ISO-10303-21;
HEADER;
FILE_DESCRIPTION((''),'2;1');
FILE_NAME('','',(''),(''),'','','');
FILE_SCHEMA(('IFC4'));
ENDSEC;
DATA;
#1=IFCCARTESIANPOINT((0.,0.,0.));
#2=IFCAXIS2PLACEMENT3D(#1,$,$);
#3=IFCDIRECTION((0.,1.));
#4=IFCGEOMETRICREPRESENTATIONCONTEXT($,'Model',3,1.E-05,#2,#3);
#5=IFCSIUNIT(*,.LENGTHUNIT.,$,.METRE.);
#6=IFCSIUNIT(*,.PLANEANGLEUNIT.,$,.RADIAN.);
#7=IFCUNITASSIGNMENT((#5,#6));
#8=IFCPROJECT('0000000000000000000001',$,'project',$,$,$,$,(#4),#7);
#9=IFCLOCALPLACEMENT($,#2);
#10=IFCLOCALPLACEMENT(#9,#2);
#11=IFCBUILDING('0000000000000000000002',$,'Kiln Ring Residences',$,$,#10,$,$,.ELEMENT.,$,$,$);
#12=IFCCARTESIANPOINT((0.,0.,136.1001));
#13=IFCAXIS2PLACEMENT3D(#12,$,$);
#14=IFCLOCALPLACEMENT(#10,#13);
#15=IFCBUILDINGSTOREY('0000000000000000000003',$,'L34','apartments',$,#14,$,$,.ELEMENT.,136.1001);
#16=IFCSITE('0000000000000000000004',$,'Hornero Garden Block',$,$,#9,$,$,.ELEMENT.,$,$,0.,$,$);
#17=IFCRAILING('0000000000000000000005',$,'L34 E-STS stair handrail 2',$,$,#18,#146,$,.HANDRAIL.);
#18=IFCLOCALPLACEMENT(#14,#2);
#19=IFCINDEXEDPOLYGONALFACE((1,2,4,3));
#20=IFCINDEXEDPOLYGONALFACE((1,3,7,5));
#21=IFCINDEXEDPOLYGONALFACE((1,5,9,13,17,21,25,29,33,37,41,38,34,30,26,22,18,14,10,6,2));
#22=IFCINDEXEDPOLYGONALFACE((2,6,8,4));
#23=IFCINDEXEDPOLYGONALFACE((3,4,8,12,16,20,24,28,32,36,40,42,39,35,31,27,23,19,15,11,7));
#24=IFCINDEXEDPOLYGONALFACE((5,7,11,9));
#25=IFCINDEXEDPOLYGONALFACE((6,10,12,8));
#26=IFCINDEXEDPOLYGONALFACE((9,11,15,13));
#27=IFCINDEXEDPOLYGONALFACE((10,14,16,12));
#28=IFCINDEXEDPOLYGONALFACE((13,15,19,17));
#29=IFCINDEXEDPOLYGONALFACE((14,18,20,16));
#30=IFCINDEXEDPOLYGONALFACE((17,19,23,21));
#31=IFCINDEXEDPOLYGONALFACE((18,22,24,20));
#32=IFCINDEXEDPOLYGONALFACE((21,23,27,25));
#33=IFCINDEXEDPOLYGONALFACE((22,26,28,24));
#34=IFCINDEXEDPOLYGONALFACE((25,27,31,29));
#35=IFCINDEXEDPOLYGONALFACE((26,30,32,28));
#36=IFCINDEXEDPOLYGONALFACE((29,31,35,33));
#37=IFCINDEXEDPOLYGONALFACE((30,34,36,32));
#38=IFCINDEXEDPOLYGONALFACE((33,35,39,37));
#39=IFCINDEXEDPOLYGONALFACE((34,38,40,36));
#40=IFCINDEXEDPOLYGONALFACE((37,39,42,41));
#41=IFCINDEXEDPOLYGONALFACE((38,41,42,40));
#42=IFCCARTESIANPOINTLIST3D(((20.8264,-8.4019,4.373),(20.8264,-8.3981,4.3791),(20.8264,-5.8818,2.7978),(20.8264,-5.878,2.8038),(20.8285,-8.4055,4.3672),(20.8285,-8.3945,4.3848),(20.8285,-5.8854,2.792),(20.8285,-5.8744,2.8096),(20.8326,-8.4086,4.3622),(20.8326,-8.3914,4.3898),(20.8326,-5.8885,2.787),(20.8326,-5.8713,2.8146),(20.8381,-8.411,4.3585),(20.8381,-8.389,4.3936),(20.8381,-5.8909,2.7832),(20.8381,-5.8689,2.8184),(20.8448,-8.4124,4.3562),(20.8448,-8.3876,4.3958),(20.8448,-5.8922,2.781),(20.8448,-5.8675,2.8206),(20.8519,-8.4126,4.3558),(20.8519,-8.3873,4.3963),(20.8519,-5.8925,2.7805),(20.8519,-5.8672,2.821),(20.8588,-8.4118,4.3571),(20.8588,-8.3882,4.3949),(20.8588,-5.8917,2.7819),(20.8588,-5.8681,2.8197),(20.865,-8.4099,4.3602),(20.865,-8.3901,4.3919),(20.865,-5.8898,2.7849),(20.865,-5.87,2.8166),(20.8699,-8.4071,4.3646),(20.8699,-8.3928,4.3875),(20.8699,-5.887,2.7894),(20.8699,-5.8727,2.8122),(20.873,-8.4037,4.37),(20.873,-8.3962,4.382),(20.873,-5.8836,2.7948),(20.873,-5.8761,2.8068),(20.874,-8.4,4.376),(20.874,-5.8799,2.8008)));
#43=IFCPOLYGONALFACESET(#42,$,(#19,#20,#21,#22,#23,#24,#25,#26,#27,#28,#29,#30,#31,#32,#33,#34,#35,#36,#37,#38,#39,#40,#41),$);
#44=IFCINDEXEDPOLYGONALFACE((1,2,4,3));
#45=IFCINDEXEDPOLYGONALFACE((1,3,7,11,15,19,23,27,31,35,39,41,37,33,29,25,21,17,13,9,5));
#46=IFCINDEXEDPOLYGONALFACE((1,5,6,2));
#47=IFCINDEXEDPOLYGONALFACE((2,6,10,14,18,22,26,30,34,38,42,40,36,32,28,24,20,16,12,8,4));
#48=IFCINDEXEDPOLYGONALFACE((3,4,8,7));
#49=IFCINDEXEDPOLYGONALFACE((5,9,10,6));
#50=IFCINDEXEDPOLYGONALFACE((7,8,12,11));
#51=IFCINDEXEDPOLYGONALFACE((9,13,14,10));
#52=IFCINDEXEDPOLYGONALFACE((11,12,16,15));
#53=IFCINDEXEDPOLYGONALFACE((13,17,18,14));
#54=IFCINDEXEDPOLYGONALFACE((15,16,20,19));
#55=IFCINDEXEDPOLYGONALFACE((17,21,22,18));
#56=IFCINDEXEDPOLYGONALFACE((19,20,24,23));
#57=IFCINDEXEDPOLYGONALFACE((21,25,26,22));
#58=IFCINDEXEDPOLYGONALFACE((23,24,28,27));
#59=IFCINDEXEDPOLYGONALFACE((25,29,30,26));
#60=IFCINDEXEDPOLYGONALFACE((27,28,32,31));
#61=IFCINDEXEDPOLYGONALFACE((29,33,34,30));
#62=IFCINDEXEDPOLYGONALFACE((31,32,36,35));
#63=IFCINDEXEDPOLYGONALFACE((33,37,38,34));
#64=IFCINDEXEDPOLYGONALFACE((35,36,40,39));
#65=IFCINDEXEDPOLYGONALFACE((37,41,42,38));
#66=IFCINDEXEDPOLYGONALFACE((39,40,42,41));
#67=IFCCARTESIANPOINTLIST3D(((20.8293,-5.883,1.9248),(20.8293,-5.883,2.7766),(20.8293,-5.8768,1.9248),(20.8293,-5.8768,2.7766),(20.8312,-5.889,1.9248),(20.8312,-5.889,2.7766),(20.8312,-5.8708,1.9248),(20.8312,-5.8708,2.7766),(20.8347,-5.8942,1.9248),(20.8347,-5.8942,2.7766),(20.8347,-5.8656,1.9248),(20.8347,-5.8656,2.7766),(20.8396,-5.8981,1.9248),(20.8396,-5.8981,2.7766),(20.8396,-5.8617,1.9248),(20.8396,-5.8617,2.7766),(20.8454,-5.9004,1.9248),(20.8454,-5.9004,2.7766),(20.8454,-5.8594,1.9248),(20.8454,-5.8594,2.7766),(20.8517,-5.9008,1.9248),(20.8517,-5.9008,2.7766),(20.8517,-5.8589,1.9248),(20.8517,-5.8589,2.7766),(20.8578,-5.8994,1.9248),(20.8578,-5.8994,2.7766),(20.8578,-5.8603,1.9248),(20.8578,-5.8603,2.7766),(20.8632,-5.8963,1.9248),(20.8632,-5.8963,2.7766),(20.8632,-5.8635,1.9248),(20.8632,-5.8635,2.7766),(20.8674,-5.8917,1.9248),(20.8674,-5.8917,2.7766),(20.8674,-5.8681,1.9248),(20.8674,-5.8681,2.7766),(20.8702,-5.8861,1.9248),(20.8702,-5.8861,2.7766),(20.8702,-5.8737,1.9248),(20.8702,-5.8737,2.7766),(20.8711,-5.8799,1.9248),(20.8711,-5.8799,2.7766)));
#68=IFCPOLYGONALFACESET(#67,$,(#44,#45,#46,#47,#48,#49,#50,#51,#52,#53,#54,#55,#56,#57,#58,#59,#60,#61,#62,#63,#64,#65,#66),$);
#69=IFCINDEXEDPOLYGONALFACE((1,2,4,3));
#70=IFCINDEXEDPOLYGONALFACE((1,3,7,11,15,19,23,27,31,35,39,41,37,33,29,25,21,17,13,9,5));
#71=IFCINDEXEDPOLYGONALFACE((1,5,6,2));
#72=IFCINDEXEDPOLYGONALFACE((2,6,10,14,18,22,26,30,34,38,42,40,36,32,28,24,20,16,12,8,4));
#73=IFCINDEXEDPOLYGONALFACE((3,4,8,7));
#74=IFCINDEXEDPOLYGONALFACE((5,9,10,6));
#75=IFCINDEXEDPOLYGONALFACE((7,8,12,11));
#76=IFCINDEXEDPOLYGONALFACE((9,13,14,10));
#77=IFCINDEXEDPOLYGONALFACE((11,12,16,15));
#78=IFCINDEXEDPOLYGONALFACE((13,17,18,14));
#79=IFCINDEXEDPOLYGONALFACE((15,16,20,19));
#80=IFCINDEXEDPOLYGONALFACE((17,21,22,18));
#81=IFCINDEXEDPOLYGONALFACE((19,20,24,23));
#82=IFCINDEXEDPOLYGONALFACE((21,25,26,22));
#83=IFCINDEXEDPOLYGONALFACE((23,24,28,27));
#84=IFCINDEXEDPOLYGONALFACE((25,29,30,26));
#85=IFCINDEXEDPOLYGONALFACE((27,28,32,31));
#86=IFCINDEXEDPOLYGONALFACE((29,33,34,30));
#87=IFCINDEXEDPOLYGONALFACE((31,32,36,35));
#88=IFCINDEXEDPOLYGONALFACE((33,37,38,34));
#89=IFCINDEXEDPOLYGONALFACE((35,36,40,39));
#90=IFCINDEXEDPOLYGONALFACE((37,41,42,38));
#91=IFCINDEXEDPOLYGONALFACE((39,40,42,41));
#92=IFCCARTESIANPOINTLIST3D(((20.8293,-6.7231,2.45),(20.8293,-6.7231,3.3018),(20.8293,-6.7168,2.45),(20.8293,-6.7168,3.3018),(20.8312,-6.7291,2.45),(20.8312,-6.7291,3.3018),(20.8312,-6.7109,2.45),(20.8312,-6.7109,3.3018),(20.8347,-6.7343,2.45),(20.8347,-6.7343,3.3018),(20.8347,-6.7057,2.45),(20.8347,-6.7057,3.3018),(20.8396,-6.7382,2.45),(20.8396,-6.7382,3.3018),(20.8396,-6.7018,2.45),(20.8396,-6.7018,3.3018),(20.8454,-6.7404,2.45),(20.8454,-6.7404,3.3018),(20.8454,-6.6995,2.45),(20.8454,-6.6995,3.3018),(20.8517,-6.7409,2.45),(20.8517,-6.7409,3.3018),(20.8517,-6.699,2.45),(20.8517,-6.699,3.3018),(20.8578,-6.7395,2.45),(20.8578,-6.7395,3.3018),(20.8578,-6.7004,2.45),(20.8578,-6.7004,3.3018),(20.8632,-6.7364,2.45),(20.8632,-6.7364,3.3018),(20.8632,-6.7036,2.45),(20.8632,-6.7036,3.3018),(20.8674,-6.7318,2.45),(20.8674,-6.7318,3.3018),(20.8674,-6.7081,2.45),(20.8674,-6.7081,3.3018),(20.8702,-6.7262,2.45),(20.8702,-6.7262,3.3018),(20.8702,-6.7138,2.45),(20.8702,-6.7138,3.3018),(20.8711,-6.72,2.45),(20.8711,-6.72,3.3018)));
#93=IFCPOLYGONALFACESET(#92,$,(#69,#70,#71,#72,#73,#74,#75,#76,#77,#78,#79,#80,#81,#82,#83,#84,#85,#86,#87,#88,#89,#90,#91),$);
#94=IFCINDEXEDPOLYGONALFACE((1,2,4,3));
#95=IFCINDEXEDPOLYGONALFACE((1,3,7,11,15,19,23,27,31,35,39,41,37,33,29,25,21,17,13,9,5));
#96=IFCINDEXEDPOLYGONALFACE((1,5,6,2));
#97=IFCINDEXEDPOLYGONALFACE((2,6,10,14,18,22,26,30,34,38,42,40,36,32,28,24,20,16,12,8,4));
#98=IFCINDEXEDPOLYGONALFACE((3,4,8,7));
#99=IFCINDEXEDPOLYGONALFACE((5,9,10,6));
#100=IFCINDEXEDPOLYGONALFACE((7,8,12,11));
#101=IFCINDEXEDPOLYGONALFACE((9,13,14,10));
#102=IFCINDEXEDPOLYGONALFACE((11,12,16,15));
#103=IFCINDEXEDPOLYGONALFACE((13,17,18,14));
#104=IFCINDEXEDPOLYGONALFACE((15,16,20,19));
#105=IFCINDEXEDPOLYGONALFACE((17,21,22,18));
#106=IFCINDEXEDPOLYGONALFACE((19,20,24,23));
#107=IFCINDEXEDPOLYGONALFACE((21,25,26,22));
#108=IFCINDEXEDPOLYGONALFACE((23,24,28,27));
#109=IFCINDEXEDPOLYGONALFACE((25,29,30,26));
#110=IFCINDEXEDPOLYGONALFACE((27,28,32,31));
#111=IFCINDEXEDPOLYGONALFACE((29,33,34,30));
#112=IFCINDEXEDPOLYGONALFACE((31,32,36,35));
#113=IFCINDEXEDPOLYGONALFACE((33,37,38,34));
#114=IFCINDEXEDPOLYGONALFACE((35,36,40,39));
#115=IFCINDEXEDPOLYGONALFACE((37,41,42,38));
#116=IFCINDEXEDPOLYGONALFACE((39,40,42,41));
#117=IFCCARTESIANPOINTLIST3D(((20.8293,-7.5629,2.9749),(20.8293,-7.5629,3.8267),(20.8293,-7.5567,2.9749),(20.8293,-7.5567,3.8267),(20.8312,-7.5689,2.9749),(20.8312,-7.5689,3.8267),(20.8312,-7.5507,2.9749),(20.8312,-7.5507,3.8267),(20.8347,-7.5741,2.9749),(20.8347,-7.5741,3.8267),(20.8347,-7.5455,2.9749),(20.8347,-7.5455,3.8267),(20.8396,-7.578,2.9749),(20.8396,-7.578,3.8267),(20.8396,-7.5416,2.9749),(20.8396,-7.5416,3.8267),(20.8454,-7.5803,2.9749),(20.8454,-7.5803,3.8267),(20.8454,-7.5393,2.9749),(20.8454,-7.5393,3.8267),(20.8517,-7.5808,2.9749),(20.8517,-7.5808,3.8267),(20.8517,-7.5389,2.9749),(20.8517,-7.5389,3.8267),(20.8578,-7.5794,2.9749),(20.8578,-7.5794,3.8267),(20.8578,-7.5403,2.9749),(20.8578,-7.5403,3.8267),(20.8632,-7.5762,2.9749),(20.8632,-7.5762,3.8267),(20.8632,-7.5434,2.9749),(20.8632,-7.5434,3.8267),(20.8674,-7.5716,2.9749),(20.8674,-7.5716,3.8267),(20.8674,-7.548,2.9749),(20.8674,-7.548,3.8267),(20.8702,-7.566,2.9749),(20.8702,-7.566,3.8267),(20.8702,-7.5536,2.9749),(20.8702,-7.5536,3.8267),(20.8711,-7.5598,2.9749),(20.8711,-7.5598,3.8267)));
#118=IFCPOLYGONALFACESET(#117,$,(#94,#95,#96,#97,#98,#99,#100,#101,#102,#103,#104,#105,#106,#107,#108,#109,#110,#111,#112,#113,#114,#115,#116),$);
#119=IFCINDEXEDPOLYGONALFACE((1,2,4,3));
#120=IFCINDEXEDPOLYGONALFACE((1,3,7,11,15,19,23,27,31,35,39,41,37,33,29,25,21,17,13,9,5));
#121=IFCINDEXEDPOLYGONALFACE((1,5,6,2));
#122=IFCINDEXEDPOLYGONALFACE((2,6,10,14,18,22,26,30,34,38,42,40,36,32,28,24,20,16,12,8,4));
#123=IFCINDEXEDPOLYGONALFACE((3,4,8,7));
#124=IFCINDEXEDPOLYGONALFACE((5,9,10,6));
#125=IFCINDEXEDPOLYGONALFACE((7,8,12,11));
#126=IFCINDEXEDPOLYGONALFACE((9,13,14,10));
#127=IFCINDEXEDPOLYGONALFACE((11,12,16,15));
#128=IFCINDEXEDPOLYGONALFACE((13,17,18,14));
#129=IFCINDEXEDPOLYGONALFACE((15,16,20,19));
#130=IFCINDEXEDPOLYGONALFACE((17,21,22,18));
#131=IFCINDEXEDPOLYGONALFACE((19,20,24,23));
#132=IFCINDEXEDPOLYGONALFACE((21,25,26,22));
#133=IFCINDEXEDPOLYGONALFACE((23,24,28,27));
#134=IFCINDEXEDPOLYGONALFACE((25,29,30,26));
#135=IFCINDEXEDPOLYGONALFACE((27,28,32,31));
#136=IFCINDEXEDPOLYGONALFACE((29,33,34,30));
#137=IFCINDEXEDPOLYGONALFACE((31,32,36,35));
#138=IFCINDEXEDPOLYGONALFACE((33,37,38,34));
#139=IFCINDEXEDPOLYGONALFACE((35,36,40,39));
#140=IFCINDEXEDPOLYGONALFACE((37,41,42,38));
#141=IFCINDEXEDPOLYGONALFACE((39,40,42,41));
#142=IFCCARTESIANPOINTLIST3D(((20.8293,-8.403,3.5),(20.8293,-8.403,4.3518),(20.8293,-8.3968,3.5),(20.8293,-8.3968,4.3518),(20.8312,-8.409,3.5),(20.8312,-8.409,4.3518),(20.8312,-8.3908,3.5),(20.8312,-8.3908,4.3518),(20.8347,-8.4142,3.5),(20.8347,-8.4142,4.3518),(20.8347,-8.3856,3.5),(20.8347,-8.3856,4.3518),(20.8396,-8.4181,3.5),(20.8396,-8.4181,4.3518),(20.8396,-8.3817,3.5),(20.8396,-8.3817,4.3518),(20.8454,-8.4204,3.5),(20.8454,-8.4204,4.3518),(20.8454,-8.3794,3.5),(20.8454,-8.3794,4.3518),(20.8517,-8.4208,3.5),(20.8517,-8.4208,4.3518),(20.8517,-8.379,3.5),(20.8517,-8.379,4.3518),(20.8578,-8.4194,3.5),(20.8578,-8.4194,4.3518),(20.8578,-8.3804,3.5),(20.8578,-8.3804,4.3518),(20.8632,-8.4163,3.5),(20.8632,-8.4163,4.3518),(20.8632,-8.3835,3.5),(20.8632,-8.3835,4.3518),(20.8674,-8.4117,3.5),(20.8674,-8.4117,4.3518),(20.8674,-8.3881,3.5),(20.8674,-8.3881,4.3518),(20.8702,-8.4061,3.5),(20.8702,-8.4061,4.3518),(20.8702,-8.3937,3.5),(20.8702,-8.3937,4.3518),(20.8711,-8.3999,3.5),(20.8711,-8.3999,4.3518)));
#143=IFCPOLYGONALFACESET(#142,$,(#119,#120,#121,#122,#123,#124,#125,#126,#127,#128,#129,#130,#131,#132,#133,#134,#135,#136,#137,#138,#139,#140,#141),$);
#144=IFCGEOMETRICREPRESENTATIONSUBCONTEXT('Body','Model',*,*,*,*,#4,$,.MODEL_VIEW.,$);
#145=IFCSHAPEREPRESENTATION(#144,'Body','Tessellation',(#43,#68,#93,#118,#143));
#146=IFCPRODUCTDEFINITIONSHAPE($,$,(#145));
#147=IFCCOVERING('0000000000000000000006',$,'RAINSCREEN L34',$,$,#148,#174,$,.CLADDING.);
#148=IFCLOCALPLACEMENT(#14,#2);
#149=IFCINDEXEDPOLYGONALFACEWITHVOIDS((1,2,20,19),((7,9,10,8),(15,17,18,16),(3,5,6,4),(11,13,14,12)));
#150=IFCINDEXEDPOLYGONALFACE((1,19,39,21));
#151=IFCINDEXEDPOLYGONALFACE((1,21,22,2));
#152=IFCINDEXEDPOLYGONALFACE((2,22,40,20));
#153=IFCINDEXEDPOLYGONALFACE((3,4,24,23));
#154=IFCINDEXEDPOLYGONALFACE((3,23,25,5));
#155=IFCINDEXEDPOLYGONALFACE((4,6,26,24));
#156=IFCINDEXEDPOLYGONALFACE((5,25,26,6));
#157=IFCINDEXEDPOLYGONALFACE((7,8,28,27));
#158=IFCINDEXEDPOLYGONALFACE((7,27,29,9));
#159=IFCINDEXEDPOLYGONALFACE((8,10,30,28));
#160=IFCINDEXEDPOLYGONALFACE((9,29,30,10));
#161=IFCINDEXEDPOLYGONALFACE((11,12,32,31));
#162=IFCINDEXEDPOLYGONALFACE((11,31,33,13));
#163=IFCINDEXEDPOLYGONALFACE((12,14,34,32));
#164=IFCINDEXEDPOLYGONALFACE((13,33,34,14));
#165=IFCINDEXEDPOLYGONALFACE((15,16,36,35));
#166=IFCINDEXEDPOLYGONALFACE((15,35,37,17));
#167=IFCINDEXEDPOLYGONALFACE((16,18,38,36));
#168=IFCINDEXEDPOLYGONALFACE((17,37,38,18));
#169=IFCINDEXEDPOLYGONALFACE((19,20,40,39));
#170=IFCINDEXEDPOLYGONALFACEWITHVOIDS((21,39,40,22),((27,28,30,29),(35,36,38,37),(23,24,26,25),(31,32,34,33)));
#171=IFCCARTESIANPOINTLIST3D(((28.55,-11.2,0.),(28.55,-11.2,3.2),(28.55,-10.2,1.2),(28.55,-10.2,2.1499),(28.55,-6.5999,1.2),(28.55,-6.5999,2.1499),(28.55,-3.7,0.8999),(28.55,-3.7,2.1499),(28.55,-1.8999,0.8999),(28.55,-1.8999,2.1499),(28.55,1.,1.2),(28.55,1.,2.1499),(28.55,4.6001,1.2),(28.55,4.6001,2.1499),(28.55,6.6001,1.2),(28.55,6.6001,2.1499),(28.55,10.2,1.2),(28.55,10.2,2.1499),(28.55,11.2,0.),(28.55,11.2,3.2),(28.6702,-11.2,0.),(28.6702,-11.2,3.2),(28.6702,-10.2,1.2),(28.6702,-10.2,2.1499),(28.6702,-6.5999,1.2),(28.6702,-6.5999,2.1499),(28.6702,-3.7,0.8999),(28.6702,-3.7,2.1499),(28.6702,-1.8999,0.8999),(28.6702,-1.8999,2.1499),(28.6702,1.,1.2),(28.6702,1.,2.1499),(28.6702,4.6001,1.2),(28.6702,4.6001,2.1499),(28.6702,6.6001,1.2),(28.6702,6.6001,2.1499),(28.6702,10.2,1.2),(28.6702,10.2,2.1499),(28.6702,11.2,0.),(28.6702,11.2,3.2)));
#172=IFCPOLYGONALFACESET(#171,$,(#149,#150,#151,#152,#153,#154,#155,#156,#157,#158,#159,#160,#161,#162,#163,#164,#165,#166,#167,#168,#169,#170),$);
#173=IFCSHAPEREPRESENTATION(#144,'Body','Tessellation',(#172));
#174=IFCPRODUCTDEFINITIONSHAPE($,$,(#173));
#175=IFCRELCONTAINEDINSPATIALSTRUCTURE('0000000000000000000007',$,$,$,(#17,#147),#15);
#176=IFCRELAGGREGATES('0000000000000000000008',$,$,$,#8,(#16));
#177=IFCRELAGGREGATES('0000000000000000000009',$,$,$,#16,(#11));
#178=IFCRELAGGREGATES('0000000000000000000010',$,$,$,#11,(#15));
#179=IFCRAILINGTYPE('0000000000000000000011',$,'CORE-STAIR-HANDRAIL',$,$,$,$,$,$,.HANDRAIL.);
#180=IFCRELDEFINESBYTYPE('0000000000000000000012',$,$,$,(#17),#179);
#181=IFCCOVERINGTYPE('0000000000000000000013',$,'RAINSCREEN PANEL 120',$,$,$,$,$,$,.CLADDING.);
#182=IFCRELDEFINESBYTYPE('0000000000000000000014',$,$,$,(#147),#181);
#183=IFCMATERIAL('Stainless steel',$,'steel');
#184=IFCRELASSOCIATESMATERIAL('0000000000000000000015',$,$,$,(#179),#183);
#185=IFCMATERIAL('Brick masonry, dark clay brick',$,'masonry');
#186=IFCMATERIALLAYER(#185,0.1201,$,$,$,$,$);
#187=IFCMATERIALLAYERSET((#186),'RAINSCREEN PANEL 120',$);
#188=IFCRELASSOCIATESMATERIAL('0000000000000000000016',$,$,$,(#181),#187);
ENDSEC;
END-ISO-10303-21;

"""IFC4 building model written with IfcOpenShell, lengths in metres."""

from ifc_helpers import new_model, si_unit, direction, frame, origin, origin_2d, place, context, subcontext, project, spatial, polyline, circle, outline, extrude, material, layer, layer_set, type_object, element, save


model = new_model("IFC4")

# Units and contexts
model_context = context("Model", 3, precision=1e-05, world=origin(), true_north=direction((0.0, 1.0)))
body_context = subcontext(model_context, "Body", "Model", "MODEL_VIEW")
ifc_project = project(units=[si_unit("LENGTHUNIT", "METRE"), si_unit("PLANEANGLEUNIT", "RADIAN")], contexts=[model_context])

# Site, building, storey
site_placement = place(None, origin())
site = spatial("IfcSite", under=ifc_project, at=site_placement, Name="Hornero Garden Block", CompositionType="ELEMENT", RefElevation=0.0)
building_placement = place(site_placement, origin())
building = spatial("IfcBuilding", under=site, at=building_placement, Name="Kiln Ring Residences", CompositionType="ELEMENT")
storey_placement = place(building_placement, frame((0.0, 0.0, 136.1001)))
storey = spatial("IfcBuildingStorey", under=building, at=storey_placement, Name="L34", Description="apartments", CompositionType="ELEMENT", Elevation=136.1001)

# Railing
ifc_material_1 = material(Name="Stainless steel", Category="steel")
railing_type_1 = type_object("IfcRailingType", Name="CORE-STAIR-HANDRAIL", PredefinedType="HANDRAIL", material=ifc_material_1)
railing_1_placement = place(storey_placement, frame((20.8501, -5.8799, 1.9248)))
element("IfcRailing", 1, at=railing_1_placement, inside=storey, type_object=railing_type_1, Name="L34 E-STS stair handrail 2", PredefinedType="HANDRAIL", context=body_context, shape_type="SweptSolid", body=[
    extrude(circle(Radius=0.0239, at=origin_2d()), frame((0.0, 0.0, 0.876), z_axis=(0.0, -0.847971, 0.530043), x_axis=(1.0, 0.0, 0.0)), (0.0, 0.0, 1.0), 2.9719),
    extrude(circle(Radius=0.021, at=origin_2d()), origin(), (0.0, 0.0, 1.0), 0.8518),
    extrude(circle(Radius=0.021, at=origin_2d()), frame((0.0, -0.8401, 0.5251)), (0.0, 0.0, 1.0), 0.8518),
    extrude(circle(Radius=0.021, at=origin_2d()), frame((0.0, -1.6799, 1.05)), (0.0, 0.0, 1.0), 0.8518),
    extrude(circle(Radius=0.021, at=origin_2d()), frame((0.0, -2.52, 1.5752)), (0.0, 0.0, 1.0), 0.8518),
])

# Covering
ifc_material_2 = material(Name="Brick masonry, dark clay brick", Category="masonry")
ifc_layer_1 = layer(ifc_material_2, 0.1201)
ifc_layer_set_1 = layer_set([ifc_layer_1], Name="RAINSCREEN PANEL 120")
covering_type = type_object("IfcCoveringType", Name="RAINSCREEN PANEL 120", PredefinedType="CLADDING", material=ifc_layer_set_1)
covering_placement = place(storey_placement, frame((28.6101, -11.2, 0.0), z_axis=(0.0, 0.0, 1.0), x_axis=(0.0, 1.0, 0.0)))
element("IfcCovering", 2, at=covering_placement, inside=storey, type_object=covering_type, Name="RAINSCREEN L34", PredefinedType="CLADDING", context=body_context, shape_type="SweptSolid", body=[
    extrude(outline(polyline([(0.0, 0.0), (22.3999, 0.0), (22.3999, 3.2), (0.0, 3.2), (0.0, 0.0)]), holes=[polyline([(9.3, 0.8999), (9.3, 2.1499), (7.5, 2.1499), (7.5, 0.8999), (9.3, 0.8999)]), polyline([(4.6001, 1.2), (4.6001, 2.1499), (1.0, 2.1499), (1.0, 1.2), (4.6001, 1.2)]), polyline([(15.8, 1.2), (15.8, 2.1499), (12.2, 2.1499), (12.2, 1.2), (15.8, 1.2)]), polyline([(21.3999, 1.2), (21.3999, 2.1499), (17.8, 2.1499), (17.8, 1.2), (21.3999, 1.2)])]), frame((0.0, 0.0601, 0.0), z_axis=(0.0, -1.0, 0.0), x_axis=(1.0, 0.0, 0.0)), (0.0, 0.0, 1.0), 0.1201),
])

save(model, "model.ifc")
